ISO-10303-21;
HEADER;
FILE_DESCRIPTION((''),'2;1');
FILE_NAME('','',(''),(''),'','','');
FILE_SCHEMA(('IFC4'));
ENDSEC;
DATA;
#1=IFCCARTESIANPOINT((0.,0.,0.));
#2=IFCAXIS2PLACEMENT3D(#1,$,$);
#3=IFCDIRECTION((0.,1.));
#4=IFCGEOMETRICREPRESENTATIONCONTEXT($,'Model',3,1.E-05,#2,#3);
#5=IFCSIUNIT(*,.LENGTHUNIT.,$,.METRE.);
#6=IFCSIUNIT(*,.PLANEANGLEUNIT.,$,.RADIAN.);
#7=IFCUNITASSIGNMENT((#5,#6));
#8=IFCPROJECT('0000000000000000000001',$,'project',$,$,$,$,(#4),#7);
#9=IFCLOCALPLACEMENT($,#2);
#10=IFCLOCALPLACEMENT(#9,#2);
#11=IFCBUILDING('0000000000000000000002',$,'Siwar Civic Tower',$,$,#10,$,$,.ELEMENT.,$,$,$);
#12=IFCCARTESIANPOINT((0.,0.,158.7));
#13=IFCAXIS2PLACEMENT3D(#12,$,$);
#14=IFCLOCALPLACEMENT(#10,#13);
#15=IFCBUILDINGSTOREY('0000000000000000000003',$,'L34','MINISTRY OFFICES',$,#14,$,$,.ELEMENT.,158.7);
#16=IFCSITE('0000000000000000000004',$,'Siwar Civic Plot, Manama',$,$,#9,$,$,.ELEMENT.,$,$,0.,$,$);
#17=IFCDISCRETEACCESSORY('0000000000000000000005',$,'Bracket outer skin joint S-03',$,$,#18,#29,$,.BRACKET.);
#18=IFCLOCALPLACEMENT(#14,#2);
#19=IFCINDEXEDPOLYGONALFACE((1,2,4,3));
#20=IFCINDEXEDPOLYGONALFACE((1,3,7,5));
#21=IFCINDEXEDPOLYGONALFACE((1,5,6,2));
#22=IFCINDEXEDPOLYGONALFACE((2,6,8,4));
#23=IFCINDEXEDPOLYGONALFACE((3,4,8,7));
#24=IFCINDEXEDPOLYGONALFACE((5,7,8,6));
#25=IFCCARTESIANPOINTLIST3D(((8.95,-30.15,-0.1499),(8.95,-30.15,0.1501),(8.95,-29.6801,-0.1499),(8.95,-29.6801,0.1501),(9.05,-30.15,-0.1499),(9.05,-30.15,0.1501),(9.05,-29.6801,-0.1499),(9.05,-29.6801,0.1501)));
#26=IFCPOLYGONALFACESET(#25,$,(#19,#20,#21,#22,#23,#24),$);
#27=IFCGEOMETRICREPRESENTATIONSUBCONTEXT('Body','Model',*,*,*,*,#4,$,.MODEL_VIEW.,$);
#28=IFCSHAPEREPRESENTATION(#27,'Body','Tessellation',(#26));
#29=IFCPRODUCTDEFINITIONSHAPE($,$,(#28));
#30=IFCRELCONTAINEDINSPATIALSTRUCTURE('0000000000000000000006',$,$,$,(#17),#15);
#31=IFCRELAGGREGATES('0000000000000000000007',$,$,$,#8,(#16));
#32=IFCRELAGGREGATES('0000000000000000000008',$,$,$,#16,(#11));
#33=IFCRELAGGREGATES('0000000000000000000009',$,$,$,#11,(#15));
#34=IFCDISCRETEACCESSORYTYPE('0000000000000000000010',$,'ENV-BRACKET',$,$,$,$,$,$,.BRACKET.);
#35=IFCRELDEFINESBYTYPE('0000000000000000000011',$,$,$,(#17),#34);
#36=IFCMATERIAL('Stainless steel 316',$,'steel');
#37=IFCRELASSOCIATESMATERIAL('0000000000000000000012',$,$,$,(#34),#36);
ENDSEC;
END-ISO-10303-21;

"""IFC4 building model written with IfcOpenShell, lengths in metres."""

from ifc_helpers import new_model, si_unit, direction, frame, origin, origin_2d, place, context, subcontext, project, spatial, rectangle, extrude, material, type_object, element, save


model = new_model("IFC4")

# Units and contexts
model_context = context("Model", 3, precision=1e-05, world=origin(), true_north=direction((0.0, 1.0)))
body_context = subcontext(model_context, "Body", "Model", "MODEL_VIEW")
ifc_project = project(units=[si_unit("LENGTHUNIT", "METRE"), si_unit("PLANEANGLEUNIT", "RADIAN")], contexts=[model_context])

# Site, building, storey
site_placement = place(None, origin())
site = spatial("IfcSite", under=ifc_project, at=site_placement, Name="Siwar Civic Plot, Manama", CompositionType="ELEMENT", RefElevation=0.0)
building_placement = place(site_placement, origin())
building = spatial("IfcBuilding", under=site, at=building_placement, Name="Siwar Civic Tower", CompositionType="ELEMENT")
storey_placement = place(building_placement, frame((0.0, 0.0, 158.7)))
storey = spatial("IfcBuildingStorey", under=building, at=storey_placement, Name="L34", Description="MINISTRY OFFICES", CompositionType="ELEMENT", Elevation=158.7)

# Discrete accessory
ifc_material_1 = material(Name="Stainless steel 316", Category="steel")
discrete_accessory_type = type_object("IfcDiscreteAccessoryType", Name="ENV-BRACKET", PredefinedType="BRACKET", material=ifc_material_1)
for number, where, z_axis, x_axis, name in (
    (1, (9.0, -29.915, -0.1499), (0.0, 0.0, 1.0), (0.0, -1.0, 0.0), "Bracket outer skin joint S-03"),
):
    element("IfcDiscreteAccessory", number, at=place(storey_placement, frame(where, z_axis=z_axis, x_axis=x_axis)), inside=storey, type_object=discrete_accessory_type, Name=name, PredefinedType="BRACKET", context=body_context, shape_type="SweptSolid", body=[
        extrude(rectangle(XDim=0.47, YDim=0.1001, at=origin_2d()), origin(), (0.0, 0.0, 1.0), 0.3),
    ])

save(model, "model.ifc")
